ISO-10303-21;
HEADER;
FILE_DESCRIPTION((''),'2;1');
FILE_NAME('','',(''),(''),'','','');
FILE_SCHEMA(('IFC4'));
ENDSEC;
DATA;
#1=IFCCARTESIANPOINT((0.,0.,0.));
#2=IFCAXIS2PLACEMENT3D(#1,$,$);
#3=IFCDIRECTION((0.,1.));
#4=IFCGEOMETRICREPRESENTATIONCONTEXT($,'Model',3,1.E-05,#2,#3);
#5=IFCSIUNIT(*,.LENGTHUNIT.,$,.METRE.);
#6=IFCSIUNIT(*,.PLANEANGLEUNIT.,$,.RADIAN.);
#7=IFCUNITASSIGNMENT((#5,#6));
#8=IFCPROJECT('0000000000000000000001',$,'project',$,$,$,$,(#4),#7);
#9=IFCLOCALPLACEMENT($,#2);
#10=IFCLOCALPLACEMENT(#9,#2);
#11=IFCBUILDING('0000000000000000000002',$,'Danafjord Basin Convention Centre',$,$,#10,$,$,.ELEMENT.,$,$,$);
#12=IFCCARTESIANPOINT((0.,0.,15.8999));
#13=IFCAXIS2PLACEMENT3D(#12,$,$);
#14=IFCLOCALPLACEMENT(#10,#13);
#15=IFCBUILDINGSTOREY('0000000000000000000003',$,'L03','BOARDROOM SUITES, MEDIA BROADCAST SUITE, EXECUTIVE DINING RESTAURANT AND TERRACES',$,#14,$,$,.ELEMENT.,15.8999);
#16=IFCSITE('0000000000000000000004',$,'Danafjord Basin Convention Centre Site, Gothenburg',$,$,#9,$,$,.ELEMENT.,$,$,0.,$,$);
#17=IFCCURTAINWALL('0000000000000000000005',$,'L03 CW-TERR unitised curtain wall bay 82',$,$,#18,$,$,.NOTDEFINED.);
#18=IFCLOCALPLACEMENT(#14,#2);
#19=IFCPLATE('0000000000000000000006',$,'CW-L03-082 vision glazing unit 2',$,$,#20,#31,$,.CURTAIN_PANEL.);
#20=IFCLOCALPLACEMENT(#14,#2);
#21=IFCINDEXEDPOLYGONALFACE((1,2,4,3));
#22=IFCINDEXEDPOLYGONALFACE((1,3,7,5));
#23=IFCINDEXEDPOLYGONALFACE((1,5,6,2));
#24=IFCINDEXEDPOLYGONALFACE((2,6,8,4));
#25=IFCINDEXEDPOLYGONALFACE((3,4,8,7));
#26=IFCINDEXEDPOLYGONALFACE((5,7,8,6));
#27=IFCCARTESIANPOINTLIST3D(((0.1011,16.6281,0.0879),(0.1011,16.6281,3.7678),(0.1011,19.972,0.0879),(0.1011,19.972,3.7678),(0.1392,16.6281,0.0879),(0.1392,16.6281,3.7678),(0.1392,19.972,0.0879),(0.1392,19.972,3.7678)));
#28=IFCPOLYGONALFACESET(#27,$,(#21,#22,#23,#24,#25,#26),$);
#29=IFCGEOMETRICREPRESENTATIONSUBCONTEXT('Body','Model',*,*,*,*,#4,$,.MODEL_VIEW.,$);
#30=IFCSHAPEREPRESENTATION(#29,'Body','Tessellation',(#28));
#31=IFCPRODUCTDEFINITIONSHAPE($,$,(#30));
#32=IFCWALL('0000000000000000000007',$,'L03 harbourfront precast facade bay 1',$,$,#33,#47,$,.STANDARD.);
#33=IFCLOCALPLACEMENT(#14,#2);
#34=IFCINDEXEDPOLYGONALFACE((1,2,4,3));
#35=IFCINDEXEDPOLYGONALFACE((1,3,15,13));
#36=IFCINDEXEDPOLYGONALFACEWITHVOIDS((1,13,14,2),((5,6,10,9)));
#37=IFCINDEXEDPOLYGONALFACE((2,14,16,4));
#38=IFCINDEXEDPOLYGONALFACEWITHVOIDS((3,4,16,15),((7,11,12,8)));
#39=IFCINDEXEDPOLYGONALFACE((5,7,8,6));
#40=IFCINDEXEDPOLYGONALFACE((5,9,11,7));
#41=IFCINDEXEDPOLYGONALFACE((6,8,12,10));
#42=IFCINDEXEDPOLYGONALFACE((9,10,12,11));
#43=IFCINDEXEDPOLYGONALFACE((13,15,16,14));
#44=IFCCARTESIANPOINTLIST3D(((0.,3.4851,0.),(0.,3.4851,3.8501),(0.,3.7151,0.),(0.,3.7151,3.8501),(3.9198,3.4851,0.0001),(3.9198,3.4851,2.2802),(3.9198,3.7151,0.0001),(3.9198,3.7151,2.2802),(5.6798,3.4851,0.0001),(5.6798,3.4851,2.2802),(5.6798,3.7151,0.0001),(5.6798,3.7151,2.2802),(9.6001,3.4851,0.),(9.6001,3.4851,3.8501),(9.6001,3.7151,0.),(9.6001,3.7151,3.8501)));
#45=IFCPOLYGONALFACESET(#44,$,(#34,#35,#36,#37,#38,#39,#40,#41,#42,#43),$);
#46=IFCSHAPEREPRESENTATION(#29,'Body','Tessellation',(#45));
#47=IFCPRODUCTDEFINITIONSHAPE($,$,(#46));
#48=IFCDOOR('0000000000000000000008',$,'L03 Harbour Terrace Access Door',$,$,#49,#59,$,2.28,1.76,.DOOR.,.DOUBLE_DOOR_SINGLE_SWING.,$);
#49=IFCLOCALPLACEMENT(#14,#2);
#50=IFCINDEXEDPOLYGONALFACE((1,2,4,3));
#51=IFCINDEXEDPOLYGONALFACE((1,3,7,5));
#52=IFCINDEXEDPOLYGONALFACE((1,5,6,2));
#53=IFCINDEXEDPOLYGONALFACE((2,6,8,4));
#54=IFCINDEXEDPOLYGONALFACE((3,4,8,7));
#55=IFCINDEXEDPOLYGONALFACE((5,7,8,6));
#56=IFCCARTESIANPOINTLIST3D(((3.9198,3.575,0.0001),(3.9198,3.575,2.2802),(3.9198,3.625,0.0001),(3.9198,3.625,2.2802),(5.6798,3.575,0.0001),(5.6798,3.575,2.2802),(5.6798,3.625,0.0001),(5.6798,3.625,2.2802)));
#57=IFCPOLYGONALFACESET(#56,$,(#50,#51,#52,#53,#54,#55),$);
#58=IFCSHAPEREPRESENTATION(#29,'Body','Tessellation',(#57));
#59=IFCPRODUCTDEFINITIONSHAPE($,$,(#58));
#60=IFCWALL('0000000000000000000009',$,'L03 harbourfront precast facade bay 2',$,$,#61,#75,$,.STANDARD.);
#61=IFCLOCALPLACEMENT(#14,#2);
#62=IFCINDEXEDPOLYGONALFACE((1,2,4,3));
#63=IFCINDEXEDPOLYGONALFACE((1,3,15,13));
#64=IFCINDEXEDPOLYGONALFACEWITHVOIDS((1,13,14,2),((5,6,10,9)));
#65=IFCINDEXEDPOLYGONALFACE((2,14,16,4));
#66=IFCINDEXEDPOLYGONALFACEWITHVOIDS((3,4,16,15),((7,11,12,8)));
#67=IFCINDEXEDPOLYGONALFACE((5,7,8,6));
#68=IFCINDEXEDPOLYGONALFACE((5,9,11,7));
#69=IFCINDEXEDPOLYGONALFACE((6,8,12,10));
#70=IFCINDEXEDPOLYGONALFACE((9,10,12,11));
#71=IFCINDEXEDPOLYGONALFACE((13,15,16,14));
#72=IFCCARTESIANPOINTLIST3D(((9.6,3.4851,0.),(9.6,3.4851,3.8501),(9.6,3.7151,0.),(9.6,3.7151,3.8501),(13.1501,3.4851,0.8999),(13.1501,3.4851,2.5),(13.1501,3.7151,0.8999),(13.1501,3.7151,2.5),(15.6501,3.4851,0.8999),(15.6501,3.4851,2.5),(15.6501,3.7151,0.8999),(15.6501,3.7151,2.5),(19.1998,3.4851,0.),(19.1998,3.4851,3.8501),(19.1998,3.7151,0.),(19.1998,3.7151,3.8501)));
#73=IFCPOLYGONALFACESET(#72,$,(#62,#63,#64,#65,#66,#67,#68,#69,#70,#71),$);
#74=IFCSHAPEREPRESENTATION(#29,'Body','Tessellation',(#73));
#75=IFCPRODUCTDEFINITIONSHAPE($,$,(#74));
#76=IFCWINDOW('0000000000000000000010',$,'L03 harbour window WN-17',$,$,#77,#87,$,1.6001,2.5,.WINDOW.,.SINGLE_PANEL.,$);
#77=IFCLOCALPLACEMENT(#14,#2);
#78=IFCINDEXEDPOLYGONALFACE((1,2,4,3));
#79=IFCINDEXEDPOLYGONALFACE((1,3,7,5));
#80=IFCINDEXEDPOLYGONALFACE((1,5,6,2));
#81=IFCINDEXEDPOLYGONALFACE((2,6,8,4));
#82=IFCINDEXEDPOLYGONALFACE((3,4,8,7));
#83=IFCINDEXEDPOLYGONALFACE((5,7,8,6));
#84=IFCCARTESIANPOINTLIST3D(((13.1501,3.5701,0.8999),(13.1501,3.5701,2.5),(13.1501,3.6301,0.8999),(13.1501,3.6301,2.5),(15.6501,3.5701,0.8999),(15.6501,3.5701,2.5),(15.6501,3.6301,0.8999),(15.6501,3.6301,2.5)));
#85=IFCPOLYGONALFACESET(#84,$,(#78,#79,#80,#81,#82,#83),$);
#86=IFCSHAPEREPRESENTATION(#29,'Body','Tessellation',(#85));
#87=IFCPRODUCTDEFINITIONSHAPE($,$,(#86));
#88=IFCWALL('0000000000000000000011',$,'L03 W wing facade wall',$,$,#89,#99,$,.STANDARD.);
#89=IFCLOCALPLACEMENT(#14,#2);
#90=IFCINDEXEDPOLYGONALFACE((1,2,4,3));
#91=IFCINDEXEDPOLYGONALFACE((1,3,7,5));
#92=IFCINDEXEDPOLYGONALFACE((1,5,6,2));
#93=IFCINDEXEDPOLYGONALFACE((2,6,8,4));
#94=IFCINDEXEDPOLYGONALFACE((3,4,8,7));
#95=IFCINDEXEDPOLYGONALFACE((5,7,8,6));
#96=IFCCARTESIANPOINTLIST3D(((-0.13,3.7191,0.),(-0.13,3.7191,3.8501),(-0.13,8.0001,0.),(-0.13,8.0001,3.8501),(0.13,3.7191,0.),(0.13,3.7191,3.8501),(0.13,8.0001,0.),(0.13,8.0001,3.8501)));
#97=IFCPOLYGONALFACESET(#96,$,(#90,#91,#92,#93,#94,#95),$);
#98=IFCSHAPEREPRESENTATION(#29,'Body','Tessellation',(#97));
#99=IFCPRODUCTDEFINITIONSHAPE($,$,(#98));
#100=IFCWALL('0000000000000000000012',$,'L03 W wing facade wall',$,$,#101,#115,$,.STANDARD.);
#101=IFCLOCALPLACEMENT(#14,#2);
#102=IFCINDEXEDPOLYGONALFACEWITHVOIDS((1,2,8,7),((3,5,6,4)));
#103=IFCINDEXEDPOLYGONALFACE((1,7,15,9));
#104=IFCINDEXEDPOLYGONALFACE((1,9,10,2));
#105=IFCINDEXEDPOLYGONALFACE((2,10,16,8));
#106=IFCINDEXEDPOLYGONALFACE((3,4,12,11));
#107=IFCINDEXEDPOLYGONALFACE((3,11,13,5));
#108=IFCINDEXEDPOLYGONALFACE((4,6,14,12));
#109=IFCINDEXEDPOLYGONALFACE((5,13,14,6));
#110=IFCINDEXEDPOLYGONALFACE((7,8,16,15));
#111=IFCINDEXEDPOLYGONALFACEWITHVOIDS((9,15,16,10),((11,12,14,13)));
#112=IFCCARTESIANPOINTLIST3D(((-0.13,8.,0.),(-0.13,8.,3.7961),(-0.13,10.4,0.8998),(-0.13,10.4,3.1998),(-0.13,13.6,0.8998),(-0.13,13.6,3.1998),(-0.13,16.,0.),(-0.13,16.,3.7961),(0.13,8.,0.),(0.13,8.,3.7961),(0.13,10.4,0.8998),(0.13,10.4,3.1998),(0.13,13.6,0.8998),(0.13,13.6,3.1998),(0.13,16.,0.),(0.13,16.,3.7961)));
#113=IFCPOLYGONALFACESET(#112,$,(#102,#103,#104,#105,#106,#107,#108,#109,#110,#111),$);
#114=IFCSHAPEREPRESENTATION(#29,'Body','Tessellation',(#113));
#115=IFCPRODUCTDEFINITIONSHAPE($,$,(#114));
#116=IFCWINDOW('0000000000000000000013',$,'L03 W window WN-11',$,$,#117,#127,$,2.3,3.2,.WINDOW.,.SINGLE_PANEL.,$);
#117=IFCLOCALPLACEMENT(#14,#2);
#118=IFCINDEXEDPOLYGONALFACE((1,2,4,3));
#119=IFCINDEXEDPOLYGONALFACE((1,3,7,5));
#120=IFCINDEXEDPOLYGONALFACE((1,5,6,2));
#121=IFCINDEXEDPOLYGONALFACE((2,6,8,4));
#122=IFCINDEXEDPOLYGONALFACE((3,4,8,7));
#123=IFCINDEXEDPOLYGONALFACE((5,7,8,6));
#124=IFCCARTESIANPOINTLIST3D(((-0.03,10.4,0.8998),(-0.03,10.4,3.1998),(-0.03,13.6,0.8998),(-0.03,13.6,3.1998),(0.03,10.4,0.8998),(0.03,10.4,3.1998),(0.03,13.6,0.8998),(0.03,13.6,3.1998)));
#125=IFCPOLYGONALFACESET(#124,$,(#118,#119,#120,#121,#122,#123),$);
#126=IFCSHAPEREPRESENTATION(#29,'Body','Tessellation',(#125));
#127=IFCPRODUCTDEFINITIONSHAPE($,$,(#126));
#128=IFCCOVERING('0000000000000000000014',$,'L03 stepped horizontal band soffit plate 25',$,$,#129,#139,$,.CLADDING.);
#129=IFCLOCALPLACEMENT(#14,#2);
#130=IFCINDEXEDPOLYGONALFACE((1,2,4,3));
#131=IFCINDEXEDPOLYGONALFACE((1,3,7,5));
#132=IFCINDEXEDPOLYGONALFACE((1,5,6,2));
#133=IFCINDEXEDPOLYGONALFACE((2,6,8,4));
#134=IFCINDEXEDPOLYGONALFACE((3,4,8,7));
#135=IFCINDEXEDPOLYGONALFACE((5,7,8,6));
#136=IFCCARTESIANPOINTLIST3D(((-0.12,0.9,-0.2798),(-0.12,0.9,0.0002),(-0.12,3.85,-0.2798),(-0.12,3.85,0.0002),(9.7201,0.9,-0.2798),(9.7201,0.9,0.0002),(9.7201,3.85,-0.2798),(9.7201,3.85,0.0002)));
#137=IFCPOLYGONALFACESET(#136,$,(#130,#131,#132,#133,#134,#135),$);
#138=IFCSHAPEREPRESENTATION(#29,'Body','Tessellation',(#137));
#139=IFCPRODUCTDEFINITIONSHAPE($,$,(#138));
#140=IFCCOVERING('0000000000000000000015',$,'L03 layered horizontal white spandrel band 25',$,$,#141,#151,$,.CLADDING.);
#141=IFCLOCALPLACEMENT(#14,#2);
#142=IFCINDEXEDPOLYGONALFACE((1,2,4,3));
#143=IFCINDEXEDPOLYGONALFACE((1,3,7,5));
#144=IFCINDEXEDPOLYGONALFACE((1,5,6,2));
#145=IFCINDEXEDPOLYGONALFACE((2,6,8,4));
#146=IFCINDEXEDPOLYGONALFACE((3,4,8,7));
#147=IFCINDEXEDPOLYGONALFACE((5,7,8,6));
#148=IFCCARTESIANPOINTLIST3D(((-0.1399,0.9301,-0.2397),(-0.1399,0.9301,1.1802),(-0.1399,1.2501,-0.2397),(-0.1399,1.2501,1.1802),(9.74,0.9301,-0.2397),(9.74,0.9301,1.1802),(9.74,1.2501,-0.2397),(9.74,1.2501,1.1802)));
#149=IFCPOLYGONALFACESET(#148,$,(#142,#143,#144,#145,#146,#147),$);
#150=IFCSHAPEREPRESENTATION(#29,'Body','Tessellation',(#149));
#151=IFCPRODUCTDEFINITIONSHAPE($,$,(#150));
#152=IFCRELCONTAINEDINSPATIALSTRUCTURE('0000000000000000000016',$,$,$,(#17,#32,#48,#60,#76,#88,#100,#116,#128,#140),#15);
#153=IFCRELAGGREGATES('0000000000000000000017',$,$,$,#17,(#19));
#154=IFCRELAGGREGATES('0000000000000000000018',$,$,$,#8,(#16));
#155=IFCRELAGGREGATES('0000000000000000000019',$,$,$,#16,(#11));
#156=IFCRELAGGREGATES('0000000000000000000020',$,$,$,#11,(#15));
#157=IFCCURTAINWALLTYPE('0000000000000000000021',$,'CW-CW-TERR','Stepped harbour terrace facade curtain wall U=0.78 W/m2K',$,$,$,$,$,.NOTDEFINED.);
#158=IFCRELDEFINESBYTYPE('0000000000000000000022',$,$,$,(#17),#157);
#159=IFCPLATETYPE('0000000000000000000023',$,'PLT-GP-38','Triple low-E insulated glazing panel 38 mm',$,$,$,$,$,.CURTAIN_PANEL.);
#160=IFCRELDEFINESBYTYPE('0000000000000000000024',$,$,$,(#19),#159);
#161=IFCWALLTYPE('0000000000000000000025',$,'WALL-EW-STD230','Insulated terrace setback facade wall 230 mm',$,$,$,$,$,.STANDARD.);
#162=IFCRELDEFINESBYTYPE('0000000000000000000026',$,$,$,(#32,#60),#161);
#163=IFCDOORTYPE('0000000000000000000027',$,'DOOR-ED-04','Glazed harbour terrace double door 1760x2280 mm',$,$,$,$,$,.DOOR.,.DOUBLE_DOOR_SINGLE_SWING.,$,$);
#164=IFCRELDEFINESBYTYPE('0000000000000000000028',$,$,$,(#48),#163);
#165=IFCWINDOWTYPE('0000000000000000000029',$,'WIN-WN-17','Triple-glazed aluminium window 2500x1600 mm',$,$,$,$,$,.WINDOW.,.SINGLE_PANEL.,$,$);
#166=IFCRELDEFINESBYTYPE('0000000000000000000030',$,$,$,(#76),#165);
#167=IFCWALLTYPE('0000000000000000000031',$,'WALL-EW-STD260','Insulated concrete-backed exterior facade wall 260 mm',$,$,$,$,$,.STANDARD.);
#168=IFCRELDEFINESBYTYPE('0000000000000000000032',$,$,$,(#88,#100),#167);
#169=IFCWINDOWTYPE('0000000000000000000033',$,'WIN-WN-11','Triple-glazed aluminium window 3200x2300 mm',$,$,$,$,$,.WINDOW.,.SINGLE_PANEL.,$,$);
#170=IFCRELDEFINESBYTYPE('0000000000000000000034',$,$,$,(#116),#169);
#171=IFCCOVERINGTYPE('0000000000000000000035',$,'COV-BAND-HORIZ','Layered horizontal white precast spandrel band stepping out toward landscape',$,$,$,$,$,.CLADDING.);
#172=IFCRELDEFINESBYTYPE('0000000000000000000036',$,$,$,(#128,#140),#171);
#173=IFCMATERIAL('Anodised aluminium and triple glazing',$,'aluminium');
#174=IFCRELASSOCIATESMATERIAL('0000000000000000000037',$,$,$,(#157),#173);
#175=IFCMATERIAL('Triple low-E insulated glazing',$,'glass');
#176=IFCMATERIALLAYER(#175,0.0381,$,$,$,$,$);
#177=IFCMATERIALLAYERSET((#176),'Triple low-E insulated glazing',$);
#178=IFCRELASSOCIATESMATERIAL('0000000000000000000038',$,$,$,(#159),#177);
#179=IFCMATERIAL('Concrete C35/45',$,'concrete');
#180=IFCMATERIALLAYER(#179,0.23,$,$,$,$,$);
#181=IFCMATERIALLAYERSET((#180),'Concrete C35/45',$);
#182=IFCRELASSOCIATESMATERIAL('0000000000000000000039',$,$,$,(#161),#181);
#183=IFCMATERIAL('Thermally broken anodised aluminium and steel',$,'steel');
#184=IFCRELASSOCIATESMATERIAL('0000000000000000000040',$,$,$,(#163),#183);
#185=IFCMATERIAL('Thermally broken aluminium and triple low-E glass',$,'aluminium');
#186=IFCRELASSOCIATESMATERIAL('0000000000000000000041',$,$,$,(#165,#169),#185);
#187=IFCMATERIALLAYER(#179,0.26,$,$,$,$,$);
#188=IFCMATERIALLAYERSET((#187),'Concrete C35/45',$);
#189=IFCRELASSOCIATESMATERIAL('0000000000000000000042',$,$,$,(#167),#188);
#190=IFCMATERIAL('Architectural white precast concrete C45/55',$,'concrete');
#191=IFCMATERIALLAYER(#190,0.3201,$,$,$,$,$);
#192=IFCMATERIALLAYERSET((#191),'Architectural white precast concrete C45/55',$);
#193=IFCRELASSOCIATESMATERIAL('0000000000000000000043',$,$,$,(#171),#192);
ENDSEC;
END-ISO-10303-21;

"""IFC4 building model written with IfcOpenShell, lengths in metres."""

from ifc_helpers import new_model, si_unit, direction, frame, frame_2d, origin, origin_2d, place, context, subcontext, project, spatial, rectangle, extrude, material, layer, layer_set, type_object, element, fill, aggregate, save


model = new_model("IFC4")

# Units and contexts
model_context = context("Model", 3, precision=1e-05, world=origin(), true_north=direction((0.0, 1.0)))
body_context = subcontext(model_context, "Body", "Model", "MODEL_VIEW")
ifc_project = project(units=[si_unit("LENGTHUNIT", "METRE"), si_unit("PLANEANGLEUNIT", "RADIAN")], contexts=[model_context])

# Site, building, storey
site_placement = place(None, origin())
site = spatial("IfcSite", under=ifc_project, at=site_placement, Name="Danafjord Basin Convention Centre Site, Gothenburg", CompositionType="ELEMENT", RefElevation=0.0)
building_placement = place(site_placement, origin())
building = spatial("IfcBuilding", under=site, at=building_placement, Name="Danafjord Basin Convention Centre", CompositionType="ELEMENT")
storey_placement = place(building_placement, frame((0.0, 0.0, 15.8999)))
storey = spatial("IfcBuildingStorey", under=building, at=storey_placement, Name="L03", Description="BOARDROOM SUITES, MEDIA BROADCAST SUITE, EXECUTIVE DINING RESTAURANT AND TERRACES", CompositionType="ELEMENT", Elevation=15.8999)

# Curtain wall, plate
ifc_material_1 = material(Name="Anodised aluminium and triple glazing", Category="aluminium")
curtain_wall_type = type_object("IfcCurtainWallType", Name="CW-CW-TERR", Description="Stepped harbour terrace facade curtain wall U=0.78 W/m2K", PredefinedType="NOTDEFINED", material=ifc_material_1)
curtain_wall_placement = place(storey_placement, origin())
curtain_wall = element("IfcCurtainWall", 1, at=curtain_wall_placement, inside=storey, type_object=curtain_wall_type, Name="L03 CW-TERR unitised curtain wall bay 82", PredefinedType="NOTDEFINED")
ifc_material_2 = material(Name="Triple low-E insulated glazing", Category="glass")
ifc_layer_1 = layer(ifc_material_2, 0.0381)
ifc_layer_set_1 = layer_set([ifc_layer_1], Name="Triple low-E insulated glazing")
plate_type = type_object("IfcPlateType", Name="PLT-GP-38", Description="Triple low-E insulated glazing panel 38 mm", PredefinedType="CURTAIN_PANEL", material=ifc_layer_set_1)
plate_1_placement = place(storey_placement, frame((0.1201, 18.3, 0.0879), z_axis=(0.0, 0.0, 1.0), x_axis=(0.0, -1.0, 0.0)))
plate_1 = element("IfcPlate", 2, at=plate_1_placement, type_object=plate_type, Name="CW-L03-082 vision glazing unit 2", PredefinedType="CURTAIN_PANEL", context=body_context, shape_type="SweptSolid", body=[
    extrude(rectangle(XDim=3.344, YDim=0.0381, at=origin_2d()), origin(), (0.0, 0.0, 1.0), 3.6799),
])
aggregate(curtain_wall, [plate_1])

# Wall, opening, door
ifc_material_3 = material(Name="Concrete C35/45", Category="concrete")
ifc_layer_2 = layer(ifc_material_3, 0.23)
ifc_layer_set_2 = layer_set([ifc_layer_2], Name="Concrete C35/45")
wall_type_1 = type_object("IfcWallType", Name="WALL-EW-STD230", Description="Insulated terrace setback facade wall 230 mm", PredefinedType="STANDARD", material=ifc_layer_set_2)
wall_1_placement = place(storey_placement, frame((0.0, 3.6001, 0.0), z_axis=(0.0, 0.0, 1.0), x_axis=(1.0, 0.0, 0.0)))
wall_1 = element("IfcWall", 3, at=wall_1_placement, inside=storey, type_object=wall_type_1, Name="L03 harbourfront precast facade bay 1", PredefinedType="STANDARD", context=body_context, shape_type="SweptSolid", body=[
    extrude(rectangle(XDim=9.6001, YDim=0.23, at=frame_2d((4.8, 0.0))), origin(), (0.0, 0.0, 1.0), 3.8501),
])
opening_1_placement = place(wall_1_placement, frame((3.9199, 0.0, 0.0)))
opening_1 = element("IfcOpeningElement", 4, at=opening_1_placement, cuts=wall_1, PredefinedType="OPENING", context=body_context, shape_type="SweptSolid", body=[
    extrude(rectangle(XDim=1.76, YDim=2.28, at=frame_2d((0.8799, 1.1401))), frame((0.0, 0.125, 0.0), z_axis=(0.0, -1.0, 0.0), x_axis=(1.0, 0.0, 0.0)), (0.0, 0.0, 1.0), 0.25),
])
ifc_material_4 = material(Name="Thermally broken anodised aluminium and steel", Category="steel")
door_type = type_object("IfcDoorType", Name="DOOR-ED-04", Description="Glazed harbour terrace double door 1760x2280 mm", OperationType="DOUBLE_DOOR_SINGLE_SWING", PredefinedType="DOOR", material=ifc_material_4)
door_placement = place(opening_1_placement, origin())
door = element("IfcDoor", 5, at=door_placement, inside=storey, type_object=door_type, Name="L03 Harbour Terrace Access Door", OperationType="DOUBLE_DOOR_SINGLE_SWING", OverallHeight=2.28, OverallWidth=1.76, PredefinedType="DOOR", context=body_context, shape_type="SweptSolid", body=[
    extrude(rectangle(XDim=1.76, YDim=2.28, at=frame_2d((0.8799, 1.1401))), frame((0.0, 0.0249, 0.0), z_axis=(0.0, -1.0, 0.0), x_axis=(1.0, 0.0, 0.0)), (0.0, 0.0, 1.0), 0.05),
])
fill(opening_1, door)

# Wall, opening, window
wall_2_placement = place(storey_placement, frame((9.6001, 3.6001, 0.0), z_axis=(0.0, 0.0, 1.0), x_axis=(1.0, 0.0, 0.0)))
wall_2 = element("IfcWall", 6, at=wall_2_placement, inside=storey, type_object=wall_type_1, Name="L03 harbourfront precast facade bay 2", PredefinedType="STANDARD", context=body_context, shape_type="SweptSolid", body=[
    extrude(rectangle(XDim=9.5999, YDim=0.23, at=frame_2d((4.7998, 0.0))), origin(), (0.0, 0.0, 1.0), 3.8501),
])
opening_2_placement = place(wall_2_placement, frame((3.55, 0.0, 0.8999)))
opening_2 = element("IfcOpeningElement", 7, at=opening_2_placement, cuts=wall_2, PredefinedType="OPENING", context=body_context, shape_type="SweptSolid", body=[
    extrude(rectangle(XDim=2.5, YDim=1.6001, at=frame_2d((1.25, 0.8))), frame((0.0, 0.125, 0.0), z_axis=(0.0, -1.0, 0.0), x_axis=(1.0, 0.0, 0.0)), (0.0, 0.0, 1.0), 0.25),
])
ifc_material_5 = material(Name="Thermally broken aluminium and triple low-E glass", Category="aluminium")
window_type_1 = type_object("IfcWindowType", Name="WIN-WN-17", Description="Triple-glazed aluminium window 2500x1600 mm", PartitioningType="SINGLE_PANEL", PredefinedType="WINDOW", material=ifc_material_5)
window_1_placement = place(opening_2_placement, origin())
window_1 = element("IfcWindow", 8, at=window_1_placement, inside=storey, type_object=window_type_1, Name="L03 harbour window WN-17", OverallHeight=1.6001, OverallWidth=2.5, PartitioningType="SINGLE_PANEL", PredefinedType="WINDOW", context=body_context, shape_type="SweptSolid", body=[
    extrude(rectangle(XDim=2.5, YDim=1.6001, at=frame_2d((1.25, 0.8))), frame((0.0, 0.03, 0.0), z_axis=(0.0, -1.0, 0.0), x_axis=(1.0, 0.0, 0.0)), (0.0, 0.0, 1.0), 0.0601),
])
fill(opening_2, window_1)

# Wall
ifc_layer_3 = layer(ifc_material_3, 0.26)
ifc_layer_set_3 = layer_set([ifc_layer_3], Name="Concrete C35/45")
wall_type_2 = type_object("IfcWallType", Name="WALL-EW-STD260", Description="Insulated concrete-backed exterior facade wall 260 mm", PredefinedType="STANDARD", material=ifc_layer_set_3)
wall_3_placement = place(storey_placement, frame((0.0, 3.719, 0.0), z_axis=(0.0, 0.0, 1.0), x_axis=(0.0, 1.0, 0.0)))
element("IfcWall", 9, at=wall_3_placement, inside=storey, type_object=wall_type_2, Name="L03 W wing facade wall", PredefinedType="STANDARD", context=body_context, shape_type="SweptSolid", body=[
    extrude(rectangle(XDim=4.281, YDim=0.26, at=frame_2d((2.1406, 0.0))), origin(), (0.0, 0.0, 1.0), 3.8501),
])

# Wall, opening, window
wall_4_placement = place(storey_placement, frame((0.0, 8.0, 0.0), z_axis=(0.0, 0.0, 1.0), x_axis=(0.0, 1.0, 0.0)))
wall_4 = element("IfcWall", 10, at=wall_4_placement, inside=storey, type_object=wall_type_2, Name="L03 W wing facade wall", PredefinedType="STANDARD", context=body_context, shape_type="SweptSolid", body=[
    extrude(rectangle(XDim=8.0, YDim=0.26, at=frame_2d((4.0, 0.0))), origin(), (0.0, 0.0, 1.0), 3.7961),
])
opening_3_placement = place(wall_4_placement, frame((2.3999, 0.0, 0.8999)))
opening_3 = element("IfcOpeningElement", 11, at=opening_3_placement, cuts=wall_4, PredefinedType="OPENING", context=body_context, shape_type="SweptSolid", body=[
    extrude(rectangle(XDim=3.2, YDim=2.3, at=frame_2d((1.6001, 1.1499))), frame((0.0, 0.1399, 0.0), z_axis=(0.0, -1.0, 0.0), x_axis=(1.0, 0.0, 0.0)), (0.0, 0.0, 1.0), 0.28),
])
window_type_2 = type_object("IfcWindowType", Name="WIN-WN-11", Description="Triple-glazed aluminium window 3200x2300 mm", PartitioningType="SINGLE_PANEL", PredefinedType="WINDOW", material=ifc_material_5)
window_2_placement = place(opening_3_placement, origin())
window_2 = element("IfcWindow", 12, at=window_2_placement, inside=storey, type_object=window_type_2, Name="L03 W window WN-11", OverallHeight=2.3, OverallWidth=3.2, PartitioningType="SINGLE_PANEL", PredefinedType="WINDOW", context=body_context, shape_type="SweptSolid", body=[
    extrude(rectangle(XDim=3.2, YDim=2.3, at=frame_2d((1.6001, 1.1499))), frame((0.0, 0.03, 0.0), z_axis=(0.0, -1.0, 0.0), x_axis=(1.0, 0.0, 0.0)), (0.0, 0.0, 1.0), 0.0601),
])
fill(opening_3, window_2)

# Coverings
ifc_material_6 = material(Name="Architectural white precast concrete C45/55", Category="concrete")
ifc_layer_4 = layer(ifc_material_6, 0.3201)
ifc_layer_set_4 = layer_set([ifc_layer_4], Name="Architectural white precast concrete C45/55")
covering_type = type_object("IfcCoveringType", Name="COV-BAND-HORIZ", Description="Layered horizontal white precast spandrel band stepping out toward landscape", PredefinedType="CLADDING", material=ifc_layer_set_4)
covering_1_placement = place(storey_placement, frame((4.8, 2.375, -0.2798), z_axis=(0.0, 0.0, 1.0), x_axis=(1.0, 0.0, 0.0)))
element("IfcCovering", 13, at=covering_1_placement, inside=storey, type_object=covering_type, Name="L03 stepped horizontal band soffit plate 25", PredefinedType="CLADDING", context=body_context, shape_type="SweptSolid", body=[
    extrude(rectangle(XDim=9.8401, YDim=2.95, at=origin_2d()), origin(), (0.0, 0.0, 1.0), 0.28),
])
covering_2_placement = place(storey_placement, frame((4.8, 1.0901, -0.2397), z_axis=(0.0, 0.0, 1.0), x_axis=(1.0, 0.0, 0.0)))
element("IfcCovering", 14, at=covering_2_placement, inside=storey, type_object=covering_type, Name="L03 layered horizontal white spandrel band 25", PredefinedType="CLADDING", context=body_context, shape_type="SweptSolid", body=[
    extrude(rectangle(XDim=9.8799, YDim=0.3201, at=origin_2d()), origin(), (0.0, 0.0, 1.0), 1.4199),
])

save(model, "model.ifc")
